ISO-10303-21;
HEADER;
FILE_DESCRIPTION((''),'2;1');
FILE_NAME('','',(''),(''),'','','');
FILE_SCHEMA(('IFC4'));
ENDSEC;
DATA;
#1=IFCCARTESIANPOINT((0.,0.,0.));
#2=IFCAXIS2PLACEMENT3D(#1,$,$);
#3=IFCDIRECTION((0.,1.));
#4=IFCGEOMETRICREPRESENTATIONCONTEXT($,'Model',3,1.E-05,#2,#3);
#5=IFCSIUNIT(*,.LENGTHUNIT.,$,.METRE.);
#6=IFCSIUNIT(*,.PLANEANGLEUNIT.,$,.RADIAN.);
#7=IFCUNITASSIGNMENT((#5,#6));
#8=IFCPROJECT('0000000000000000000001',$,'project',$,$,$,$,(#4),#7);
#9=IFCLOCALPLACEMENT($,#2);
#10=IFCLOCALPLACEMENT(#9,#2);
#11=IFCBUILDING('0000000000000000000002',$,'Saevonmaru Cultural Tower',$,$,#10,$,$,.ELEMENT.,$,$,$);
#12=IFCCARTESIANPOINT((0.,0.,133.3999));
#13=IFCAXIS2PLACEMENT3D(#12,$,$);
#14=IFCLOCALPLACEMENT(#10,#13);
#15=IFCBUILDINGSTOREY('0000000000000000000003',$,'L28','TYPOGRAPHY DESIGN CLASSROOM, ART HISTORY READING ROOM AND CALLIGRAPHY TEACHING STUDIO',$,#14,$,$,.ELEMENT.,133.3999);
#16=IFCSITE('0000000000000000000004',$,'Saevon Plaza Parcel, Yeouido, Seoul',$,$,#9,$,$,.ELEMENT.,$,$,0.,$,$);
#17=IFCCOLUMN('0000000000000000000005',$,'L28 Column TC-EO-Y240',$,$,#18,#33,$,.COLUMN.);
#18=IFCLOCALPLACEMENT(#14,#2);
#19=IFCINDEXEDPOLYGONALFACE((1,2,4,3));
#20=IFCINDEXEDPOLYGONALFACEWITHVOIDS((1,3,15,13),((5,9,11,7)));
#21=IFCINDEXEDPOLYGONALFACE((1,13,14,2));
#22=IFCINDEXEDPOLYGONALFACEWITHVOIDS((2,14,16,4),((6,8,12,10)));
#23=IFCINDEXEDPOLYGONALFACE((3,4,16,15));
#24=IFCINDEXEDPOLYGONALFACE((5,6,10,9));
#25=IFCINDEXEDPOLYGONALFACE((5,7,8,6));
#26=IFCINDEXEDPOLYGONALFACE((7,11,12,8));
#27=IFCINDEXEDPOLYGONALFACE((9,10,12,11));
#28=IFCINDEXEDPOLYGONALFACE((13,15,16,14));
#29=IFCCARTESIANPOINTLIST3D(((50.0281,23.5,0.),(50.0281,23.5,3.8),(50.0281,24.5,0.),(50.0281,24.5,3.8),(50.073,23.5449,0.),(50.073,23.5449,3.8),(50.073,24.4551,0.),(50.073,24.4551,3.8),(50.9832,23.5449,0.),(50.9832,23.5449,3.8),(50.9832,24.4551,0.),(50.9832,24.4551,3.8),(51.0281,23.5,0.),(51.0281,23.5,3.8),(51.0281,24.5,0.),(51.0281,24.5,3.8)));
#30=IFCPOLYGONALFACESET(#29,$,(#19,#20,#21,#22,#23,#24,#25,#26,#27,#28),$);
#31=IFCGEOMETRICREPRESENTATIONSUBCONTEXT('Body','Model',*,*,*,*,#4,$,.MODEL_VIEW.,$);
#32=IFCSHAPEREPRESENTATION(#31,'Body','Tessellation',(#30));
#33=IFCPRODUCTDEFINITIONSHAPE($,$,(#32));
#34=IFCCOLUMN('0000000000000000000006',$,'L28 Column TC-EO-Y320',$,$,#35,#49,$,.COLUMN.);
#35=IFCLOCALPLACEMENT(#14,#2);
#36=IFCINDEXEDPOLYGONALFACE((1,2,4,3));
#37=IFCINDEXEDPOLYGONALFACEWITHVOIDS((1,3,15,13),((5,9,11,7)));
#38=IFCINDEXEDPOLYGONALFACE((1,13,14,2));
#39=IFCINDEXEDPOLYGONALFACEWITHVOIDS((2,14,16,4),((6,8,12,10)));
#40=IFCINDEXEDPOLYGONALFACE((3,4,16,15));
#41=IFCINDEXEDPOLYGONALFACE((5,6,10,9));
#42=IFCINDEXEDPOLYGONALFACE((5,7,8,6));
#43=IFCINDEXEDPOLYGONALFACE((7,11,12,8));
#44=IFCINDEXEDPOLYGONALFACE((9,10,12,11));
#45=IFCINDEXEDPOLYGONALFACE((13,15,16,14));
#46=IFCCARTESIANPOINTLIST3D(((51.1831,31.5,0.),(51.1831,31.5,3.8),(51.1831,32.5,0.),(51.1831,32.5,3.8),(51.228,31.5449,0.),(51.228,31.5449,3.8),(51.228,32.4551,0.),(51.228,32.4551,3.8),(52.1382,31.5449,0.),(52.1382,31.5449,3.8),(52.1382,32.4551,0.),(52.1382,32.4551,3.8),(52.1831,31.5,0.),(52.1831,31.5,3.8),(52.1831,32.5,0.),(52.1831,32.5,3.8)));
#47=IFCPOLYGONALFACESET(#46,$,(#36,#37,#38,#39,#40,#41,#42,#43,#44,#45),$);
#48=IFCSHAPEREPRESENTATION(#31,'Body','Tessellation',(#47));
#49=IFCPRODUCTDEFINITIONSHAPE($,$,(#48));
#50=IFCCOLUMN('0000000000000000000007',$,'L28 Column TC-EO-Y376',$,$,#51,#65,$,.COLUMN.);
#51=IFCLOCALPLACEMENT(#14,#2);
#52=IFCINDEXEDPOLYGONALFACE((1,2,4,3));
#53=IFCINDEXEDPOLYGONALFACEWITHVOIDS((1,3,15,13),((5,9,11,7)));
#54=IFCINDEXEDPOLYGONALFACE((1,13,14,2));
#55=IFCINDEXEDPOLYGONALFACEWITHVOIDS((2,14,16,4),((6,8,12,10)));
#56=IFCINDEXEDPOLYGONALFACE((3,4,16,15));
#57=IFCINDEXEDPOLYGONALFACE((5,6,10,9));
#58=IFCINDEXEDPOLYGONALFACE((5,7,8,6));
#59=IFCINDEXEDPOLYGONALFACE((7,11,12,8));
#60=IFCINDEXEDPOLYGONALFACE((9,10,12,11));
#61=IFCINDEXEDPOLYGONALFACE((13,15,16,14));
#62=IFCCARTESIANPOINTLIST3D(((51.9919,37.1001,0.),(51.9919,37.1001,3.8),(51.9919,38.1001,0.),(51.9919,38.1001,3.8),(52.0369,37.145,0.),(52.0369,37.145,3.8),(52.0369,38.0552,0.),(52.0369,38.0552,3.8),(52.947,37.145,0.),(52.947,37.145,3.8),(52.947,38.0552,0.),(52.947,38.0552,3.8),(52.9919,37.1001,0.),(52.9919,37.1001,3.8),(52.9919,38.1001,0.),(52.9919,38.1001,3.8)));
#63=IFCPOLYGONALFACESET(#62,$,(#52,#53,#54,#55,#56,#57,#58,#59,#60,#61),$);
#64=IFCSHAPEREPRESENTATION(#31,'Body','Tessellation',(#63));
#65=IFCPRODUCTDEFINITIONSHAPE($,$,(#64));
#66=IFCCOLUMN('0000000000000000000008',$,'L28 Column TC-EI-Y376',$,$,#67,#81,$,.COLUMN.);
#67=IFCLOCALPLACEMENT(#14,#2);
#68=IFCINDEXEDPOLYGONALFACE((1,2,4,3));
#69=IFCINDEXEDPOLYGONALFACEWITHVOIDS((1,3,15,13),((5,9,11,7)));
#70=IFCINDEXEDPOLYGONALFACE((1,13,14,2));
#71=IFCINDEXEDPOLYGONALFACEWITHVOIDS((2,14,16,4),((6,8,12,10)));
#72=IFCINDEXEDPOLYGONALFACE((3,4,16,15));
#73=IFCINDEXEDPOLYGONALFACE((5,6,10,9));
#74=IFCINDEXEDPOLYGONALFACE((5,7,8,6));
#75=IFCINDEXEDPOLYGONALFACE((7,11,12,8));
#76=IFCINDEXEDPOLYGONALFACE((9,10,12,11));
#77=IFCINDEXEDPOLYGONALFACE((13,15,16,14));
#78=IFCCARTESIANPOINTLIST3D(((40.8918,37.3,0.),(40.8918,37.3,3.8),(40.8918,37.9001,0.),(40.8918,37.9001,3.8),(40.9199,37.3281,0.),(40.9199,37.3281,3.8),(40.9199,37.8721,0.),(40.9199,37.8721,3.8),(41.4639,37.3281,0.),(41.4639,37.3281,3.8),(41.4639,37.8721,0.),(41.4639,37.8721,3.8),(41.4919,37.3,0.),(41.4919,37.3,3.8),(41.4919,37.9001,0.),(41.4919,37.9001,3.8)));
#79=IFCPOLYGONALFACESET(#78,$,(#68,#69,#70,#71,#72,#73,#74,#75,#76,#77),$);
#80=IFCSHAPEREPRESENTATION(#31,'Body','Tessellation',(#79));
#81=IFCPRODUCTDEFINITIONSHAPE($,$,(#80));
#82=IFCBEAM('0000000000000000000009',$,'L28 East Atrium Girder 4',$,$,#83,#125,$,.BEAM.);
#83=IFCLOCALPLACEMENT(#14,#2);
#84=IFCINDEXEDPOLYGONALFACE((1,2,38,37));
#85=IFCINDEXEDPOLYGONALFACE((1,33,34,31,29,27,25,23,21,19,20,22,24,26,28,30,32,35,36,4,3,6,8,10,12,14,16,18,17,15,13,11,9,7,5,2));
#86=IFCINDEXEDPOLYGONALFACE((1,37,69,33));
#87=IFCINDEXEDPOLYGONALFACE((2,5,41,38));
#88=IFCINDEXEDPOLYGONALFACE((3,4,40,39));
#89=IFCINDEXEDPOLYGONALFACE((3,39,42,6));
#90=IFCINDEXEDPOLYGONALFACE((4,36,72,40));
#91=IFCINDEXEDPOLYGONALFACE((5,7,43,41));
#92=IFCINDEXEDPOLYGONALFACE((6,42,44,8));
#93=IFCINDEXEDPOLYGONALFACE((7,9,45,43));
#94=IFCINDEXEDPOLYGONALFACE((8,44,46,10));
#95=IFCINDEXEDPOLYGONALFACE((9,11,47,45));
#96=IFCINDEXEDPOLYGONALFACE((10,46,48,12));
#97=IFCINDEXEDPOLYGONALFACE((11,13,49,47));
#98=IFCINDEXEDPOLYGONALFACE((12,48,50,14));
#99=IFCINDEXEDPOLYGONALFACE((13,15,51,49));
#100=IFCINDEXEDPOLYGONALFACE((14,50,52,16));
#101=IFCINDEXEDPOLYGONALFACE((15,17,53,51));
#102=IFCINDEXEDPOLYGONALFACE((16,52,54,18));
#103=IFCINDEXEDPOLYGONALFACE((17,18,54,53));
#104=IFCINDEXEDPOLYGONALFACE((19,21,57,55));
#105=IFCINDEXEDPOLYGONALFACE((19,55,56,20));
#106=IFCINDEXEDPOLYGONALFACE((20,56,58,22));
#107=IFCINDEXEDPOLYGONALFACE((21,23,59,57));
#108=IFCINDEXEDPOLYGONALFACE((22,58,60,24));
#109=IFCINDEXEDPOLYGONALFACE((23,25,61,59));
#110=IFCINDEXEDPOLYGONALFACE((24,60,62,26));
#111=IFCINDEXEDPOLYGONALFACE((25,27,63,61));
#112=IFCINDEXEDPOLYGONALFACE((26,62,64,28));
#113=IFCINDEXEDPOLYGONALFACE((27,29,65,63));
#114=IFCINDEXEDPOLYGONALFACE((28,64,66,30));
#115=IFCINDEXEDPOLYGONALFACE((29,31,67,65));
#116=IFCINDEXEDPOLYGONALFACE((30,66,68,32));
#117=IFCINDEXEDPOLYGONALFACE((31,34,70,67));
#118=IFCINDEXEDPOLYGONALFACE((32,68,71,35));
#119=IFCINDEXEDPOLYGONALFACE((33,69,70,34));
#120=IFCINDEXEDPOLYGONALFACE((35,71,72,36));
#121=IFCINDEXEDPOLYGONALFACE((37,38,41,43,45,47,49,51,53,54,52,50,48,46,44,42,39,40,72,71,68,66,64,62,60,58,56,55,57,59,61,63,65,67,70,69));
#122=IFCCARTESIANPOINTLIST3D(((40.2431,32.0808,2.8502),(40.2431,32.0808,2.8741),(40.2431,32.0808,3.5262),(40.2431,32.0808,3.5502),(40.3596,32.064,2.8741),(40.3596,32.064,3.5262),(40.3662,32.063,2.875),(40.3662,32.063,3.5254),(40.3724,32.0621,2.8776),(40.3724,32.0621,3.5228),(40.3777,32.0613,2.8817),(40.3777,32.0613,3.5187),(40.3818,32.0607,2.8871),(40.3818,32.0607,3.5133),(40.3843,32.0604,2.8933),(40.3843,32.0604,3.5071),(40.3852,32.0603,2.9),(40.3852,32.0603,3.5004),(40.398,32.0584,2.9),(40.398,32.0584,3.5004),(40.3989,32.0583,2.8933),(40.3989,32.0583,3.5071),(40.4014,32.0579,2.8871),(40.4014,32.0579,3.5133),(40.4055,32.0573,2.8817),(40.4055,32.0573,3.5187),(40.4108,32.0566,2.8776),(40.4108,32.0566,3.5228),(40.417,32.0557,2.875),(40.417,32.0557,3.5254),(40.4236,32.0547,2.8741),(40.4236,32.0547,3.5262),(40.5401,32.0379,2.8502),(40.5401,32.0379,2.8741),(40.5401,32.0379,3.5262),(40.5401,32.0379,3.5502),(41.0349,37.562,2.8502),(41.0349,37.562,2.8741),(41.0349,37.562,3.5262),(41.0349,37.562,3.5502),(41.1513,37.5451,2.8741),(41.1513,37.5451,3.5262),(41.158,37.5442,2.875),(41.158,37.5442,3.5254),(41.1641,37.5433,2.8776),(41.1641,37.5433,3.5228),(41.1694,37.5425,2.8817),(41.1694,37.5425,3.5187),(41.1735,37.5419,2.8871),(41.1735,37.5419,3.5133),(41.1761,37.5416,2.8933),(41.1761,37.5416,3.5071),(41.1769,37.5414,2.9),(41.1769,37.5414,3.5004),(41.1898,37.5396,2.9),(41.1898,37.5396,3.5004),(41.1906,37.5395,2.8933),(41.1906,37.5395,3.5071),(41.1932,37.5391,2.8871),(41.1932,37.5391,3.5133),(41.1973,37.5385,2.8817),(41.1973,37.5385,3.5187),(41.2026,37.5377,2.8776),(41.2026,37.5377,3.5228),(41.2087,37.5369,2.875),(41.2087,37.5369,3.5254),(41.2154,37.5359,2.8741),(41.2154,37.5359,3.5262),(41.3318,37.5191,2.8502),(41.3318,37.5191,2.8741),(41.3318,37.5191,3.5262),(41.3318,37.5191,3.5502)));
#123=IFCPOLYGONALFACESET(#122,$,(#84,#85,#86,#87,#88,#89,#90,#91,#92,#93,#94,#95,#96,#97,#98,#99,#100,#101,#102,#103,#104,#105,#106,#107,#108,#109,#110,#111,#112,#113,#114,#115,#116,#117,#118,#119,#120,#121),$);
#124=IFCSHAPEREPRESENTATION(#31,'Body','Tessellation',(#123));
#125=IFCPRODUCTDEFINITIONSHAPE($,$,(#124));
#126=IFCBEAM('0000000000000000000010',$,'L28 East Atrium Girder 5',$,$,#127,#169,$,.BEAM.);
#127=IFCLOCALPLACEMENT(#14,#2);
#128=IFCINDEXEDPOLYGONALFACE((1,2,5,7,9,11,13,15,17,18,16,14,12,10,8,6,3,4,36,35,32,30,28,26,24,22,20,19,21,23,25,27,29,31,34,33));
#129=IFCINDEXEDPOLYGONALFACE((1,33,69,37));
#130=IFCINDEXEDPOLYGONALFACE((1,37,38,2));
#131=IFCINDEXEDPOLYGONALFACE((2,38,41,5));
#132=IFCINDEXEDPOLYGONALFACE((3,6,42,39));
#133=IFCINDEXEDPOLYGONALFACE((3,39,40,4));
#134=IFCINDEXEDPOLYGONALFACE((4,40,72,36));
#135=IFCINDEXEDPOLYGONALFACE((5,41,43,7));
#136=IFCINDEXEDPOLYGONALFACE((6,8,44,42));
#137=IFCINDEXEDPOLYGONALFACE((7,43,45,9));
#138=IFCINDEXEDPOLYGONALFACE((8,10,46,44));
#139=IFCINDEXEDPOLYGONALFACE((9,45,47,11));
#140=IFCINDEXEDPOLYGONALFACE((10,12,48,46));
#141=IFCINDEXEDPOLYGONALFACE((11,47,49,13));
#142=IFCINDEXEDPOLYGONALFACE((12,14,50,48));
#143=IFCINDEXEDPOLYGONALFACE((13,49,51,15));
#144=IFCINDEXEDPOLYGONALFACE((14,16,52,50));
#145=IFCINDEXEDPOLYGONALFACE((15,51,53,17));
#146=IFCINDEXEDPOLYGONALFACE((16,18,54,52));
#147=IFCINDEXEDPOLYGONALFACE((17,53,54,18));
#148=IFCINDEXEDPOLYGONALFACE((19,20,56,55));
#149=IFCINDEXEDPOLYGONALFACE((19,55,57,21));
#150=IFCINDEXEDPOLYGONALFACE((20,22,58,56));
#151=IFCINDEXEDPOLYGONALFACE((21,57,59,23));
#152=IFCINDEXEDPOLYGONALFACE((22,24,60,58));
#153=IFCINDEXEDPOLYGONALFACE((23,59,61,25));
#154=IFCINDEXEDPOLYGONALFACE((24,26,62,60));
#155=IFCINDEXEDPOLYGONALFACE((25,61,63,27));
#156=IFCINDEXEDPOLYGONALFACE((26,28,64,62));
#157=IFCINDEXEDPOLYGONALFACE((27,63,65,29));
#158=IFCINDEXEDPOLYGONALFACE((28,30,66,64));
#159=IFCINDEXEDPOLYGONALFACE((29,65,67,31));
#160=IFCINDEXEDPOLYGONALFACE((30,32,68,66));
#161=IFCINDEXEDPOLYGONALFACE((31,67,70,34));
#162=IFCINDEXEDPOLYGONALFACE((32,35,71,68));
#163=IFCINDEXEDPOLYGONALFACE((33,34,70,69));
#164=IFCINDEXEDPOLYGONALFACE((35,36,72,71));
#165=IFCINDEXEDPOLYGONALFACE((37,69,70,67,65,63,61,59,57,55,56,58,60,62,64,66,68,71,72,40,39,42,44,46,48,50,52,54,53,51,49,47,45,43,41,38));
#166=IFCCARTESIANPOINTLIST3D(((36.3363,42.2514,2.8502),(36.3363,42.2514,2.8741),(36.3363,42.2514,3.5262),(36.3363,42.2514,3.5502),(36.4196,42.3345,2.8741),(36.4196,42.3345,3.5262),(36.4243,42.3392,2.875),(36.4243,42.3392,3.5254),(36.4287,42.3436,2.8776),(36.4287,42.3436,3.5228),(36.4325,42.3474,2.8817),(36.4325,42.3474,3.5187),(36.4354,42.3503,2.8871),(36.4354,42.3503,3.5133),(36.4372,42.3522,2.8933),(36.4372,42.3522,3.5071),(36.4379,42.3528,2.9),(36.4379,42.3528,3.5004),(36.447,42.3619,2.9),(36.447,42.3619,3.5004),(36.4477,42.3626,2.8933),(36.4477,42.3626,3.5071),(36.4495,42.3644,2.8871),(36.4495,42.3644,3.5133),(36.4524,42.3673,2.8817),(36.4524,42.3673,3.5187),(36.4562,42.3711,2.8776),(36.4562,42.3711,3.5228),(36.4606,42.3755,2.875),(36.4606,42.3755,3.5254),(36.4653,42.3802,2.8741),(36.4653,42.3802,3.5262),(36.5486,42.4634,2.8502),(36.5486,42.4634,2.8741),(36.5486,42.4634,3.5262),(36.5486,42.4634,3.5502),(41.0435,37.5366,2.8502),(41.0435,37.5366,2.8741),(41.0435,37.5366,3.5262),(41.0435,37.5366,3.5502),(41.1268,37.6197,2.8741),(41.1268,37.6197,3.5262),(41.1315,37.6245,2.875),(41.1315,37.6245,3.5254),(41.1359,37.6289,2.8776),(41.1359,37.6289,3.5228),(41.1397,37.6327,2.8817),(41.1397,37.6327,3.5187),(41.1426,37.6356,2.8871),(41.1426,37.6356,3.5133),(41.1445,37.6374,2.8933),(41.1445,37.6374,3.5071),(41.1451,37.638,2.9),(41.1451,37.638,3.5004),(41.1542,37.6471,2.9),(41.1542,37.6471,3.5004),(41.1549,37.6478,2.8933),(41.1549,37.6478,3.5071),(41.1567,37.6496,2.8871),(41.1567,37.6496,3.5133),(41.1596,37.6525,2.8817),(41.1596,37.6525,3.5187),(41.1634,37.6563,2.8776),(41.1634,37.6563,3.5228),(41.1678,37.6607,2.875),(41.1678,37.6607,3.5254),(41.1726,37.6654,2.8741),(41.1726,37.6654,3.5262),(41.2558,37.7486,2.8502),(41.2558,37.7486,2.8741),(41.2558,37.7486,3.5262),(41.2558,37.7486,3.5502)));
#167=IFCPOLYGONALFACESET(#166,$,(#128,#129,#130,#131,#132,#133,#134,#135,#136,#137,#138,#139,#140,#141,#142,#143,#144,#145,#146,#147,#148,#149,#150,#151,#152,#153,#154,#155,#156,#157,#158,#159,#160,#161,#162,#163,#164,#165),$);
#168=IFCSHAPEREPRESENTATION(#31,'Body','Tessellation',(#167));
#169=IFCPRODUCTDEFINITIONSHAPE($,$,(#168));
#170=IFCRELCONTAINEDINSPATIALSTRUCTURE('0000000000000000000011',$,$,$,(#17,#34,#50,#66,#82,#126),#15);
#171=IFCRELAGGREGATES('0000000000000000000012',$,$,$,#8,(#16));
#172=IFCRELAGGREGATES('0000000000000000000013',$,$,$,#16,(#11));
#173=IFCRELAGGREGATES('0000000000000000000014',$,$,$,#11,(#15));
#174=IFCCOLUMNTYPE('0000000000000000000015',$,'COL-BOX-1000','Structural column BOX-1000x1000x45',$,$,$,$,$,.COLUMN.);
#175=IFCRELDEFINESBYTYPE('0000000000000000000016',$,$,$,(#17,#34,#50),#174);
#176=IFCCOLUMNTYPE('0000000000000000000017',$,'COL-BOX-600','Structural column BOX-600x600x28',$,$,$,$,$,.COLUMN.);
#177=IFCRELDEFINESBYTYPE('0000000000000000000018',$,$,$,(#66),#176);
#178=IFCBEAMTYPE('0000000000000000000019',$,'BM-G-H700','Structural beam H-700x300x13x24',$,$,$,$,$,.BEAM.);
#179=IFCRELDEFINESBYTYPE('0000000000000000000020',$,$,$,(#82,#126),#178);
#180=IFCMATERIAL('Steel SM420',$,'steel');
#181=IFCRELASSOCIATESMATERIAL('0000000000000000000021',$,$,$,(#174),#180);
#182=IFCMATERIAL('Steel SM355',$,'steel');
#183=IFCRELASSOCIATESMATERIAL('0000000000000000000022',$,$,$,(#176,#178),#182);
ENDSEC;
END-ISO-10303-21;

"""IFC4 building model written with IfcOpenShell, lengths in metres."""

from ifc_helpers import new_model, si_unit, direction, frame, origin, origin_2d, place, context, subcontext, project, spatial, hollow_rectangle, i_section, extrude, material, material_profile, profile_set, type_object, element, save


model = new_model("IFC4")

# Units and contexts
model_context = context("Model", 3, precision=1e-05, world=origin(), true_north=direction((0.0, 1.0)))
body_context = subcontext(model_context, "Body", "Model", "MODEL_VIEW")
ifc_project = project(units=[si_unit("LENGTHUNIT", "METRE"), si_unit("PLANEANGLEUNIT", "RADIAN")], contexts=[model_context])

# Site, building, storey
site_placement = place(None, origin())
site = spatial("IfcSite", under=ifc_project, at=site_placement, Name="Saevon Plaza Parcel, Yeouido, Seoul", CompositionType="ELEMENT", RefElevation=0.0)
building_placement = place(site_placement, origin())
building = spatial("IfcBuilding", under=site, at=building_placement, Name="Saevonmaru Cultural Tower", CompositionType="ELEMENT")
storey_placement = place(building_placement, frame((0.0, 0.0, 133.3999)))
storey = spatial("IfcBuildingStorey", under=building, at=storey_placement, Name="L28", Description="TYPOGRAPHY DESIGN CLASSROOM, ART HISTORY READING ROOM AND CALLIGRAPHY TEACHING STUDIO", CompositionType="ELEMENT", Elevation=133.3999)

# Columns
ifc_material_1 = material(Name="Steel SM420", Category="steel")
ifc_material_profile_1 = material_profile(ifc_material_1, hollow_rectangle(XDim=1.0, YDim=1.0, WallThickness=0.0449, at=origin_2d()), Name="BOX-1000x1000x45")
ifc_profile_set_1 = profile_set([ifc_material_profile_1], Name="Steel SM420")
column_type_1 = type_object("IfcColumnType", Name="COL-BOX-1000", Description="Structural column BOX-1000x1000x45", PredefinedType="COLUMN", material=ifc_profile_set_1)
for number, where, z_axis, x_axis, name in (
    (1, (50.5281, 24.0, 0.0), (0.0, 0.0, 1.0), (1.0, 0.0, 0.0), "L28 Column TC-EO-Y240"),
    (2, (51.6831, 32.0, 0.0), (0.0, 0.0, 1.0), (1.0, 0.0, 0.0), "L28 Column TC-EO-Y320"),
    (3, (52.4919, 37.6001, 0.0), (0.0, 0.0, 1.0), (1.0, 0.0, 0.0), "L28 Column TC-EO-Y376"),
):
    element("IfcColumn", number, at=place(storey_placement, frame(where, z_axis=z_axis, x_axis=x_axis)), inside=storey, type_object=column_type_1, Name=name, PredefinedType="COLUMN", context=body_context, shape_type="SweptSolid", body=[
        extrude(hollow_rectangle(XDim=1.0, YDim=1.0, WallThickness=0.0449, at=origin_2d()), origin(), (0.0, 0.0, 1.0), 3.8),
    ])
ifc_material_2 = material(Name="Steel SM355", Category="steel")
ifc_material_profile_2 = material_profile(ifc_material_2, hollow_rectangle(XDim=0.6001, YDim=0.6001, WallThickness=0.0281, at=origin_2d()), Name="BOX-600x600x28")
ifc_profile_set_2 = profile_set([ifc_material_profile_2], Name="Steel SM355")
column_type_2 = type_object("IfcColumnType", Name="COL-BOX-600", Description="Structural column BOX-600x600x28", PredefinedType="COLUMN", material=ifc_profile_set_2)
column_placement = place(storey_placement, frame((41.1919, 37.6001, 0.0), z_axis=(0.0, 0.0, 1.0), x_axis=(1.0, 0.0, 0.0)))
element("IfcColumn", 4, at=column_placement, inside=storey, type_object=column_type_2, Name="L28 Column TC-EI-Y376", PredefinedType="COLUMN", context=body_context, shape_type="SweptSolid", body=[
    extrude(hollow_rectangle(XDim=0.6001, YDim=0.6001, WallThickness=0.0281, at=origin_2d()), origin(), (0.0, 0.0, 1.0), 3.8),
])

# Beams
ifc_material_profile_3 = material_profile(ifc_material_2, i_section(OverallWidth=0.3, OverallDepth=0.7, WebThickness=0.0129, FlangeThickness=0.0239, FilletRadius=0.0259, at=origin_2d()), Name="H-700x300x13x24")
ifc_profile_set_3 = profile_set([ifc_material_profile_3], Name="Steel SM355")
beam_type_1 = type_object("IfcBeamType", Name="BM-G-H700", Description="Structural beam H-700x300x13x24", PredefinedType="BEAM", material=ifc_profile_set_3)
beam_1_placement = place(storey_placement, frame((40.3916, 32.0593, 3.2002), z_axis=(0.142964, 0.989728, 0.0), x_axis=(-0.989728, 0.142964, 0.0)))
element("IfcBeam", 5, at=beam_1_placement, inside=storey, type_object=beam_type_1, Name="L28 East Atrium Girder 4", PredefinedType="BEAM", context=body_context, shape_type="SweptSolid", body=[
    extrude(i_section(OverallWidth=0.3, OverallDepth=0.7, WebThickness=0.0129, FlangeThickness=0.0239, FilletRadius=0.0259, at=origin_2d()), origin(), (0.0, 0.0, 1.0), 5.5381),
])
beam_2_placement = place(storey_placement, frame((41.1497, 37.6426, 3.2002), z_axis=(-0.706539, 0.707675, 0.0), x_axis=(-0.707675, -0.706539, 0.0)))
element("IfcBeam", 6, at=beam_2_placement, inside=storey, type_object=beam_type_1, Name="L28 East Atrium Girder 5", PredefinedType="BEAM", context=body_context, shape_type="SweptSolid", body=[
    extrude(i_section(OverallWidth=0.3, OverallDepth=0.7, WebThickness=0.0129, FlangeThickness=0.0239, FilletRadius=0.0259, at=origin_2d()), origin(), (0.0, 0.0, 1.0), 6.6624),
])

save(model, "model.ifc")
